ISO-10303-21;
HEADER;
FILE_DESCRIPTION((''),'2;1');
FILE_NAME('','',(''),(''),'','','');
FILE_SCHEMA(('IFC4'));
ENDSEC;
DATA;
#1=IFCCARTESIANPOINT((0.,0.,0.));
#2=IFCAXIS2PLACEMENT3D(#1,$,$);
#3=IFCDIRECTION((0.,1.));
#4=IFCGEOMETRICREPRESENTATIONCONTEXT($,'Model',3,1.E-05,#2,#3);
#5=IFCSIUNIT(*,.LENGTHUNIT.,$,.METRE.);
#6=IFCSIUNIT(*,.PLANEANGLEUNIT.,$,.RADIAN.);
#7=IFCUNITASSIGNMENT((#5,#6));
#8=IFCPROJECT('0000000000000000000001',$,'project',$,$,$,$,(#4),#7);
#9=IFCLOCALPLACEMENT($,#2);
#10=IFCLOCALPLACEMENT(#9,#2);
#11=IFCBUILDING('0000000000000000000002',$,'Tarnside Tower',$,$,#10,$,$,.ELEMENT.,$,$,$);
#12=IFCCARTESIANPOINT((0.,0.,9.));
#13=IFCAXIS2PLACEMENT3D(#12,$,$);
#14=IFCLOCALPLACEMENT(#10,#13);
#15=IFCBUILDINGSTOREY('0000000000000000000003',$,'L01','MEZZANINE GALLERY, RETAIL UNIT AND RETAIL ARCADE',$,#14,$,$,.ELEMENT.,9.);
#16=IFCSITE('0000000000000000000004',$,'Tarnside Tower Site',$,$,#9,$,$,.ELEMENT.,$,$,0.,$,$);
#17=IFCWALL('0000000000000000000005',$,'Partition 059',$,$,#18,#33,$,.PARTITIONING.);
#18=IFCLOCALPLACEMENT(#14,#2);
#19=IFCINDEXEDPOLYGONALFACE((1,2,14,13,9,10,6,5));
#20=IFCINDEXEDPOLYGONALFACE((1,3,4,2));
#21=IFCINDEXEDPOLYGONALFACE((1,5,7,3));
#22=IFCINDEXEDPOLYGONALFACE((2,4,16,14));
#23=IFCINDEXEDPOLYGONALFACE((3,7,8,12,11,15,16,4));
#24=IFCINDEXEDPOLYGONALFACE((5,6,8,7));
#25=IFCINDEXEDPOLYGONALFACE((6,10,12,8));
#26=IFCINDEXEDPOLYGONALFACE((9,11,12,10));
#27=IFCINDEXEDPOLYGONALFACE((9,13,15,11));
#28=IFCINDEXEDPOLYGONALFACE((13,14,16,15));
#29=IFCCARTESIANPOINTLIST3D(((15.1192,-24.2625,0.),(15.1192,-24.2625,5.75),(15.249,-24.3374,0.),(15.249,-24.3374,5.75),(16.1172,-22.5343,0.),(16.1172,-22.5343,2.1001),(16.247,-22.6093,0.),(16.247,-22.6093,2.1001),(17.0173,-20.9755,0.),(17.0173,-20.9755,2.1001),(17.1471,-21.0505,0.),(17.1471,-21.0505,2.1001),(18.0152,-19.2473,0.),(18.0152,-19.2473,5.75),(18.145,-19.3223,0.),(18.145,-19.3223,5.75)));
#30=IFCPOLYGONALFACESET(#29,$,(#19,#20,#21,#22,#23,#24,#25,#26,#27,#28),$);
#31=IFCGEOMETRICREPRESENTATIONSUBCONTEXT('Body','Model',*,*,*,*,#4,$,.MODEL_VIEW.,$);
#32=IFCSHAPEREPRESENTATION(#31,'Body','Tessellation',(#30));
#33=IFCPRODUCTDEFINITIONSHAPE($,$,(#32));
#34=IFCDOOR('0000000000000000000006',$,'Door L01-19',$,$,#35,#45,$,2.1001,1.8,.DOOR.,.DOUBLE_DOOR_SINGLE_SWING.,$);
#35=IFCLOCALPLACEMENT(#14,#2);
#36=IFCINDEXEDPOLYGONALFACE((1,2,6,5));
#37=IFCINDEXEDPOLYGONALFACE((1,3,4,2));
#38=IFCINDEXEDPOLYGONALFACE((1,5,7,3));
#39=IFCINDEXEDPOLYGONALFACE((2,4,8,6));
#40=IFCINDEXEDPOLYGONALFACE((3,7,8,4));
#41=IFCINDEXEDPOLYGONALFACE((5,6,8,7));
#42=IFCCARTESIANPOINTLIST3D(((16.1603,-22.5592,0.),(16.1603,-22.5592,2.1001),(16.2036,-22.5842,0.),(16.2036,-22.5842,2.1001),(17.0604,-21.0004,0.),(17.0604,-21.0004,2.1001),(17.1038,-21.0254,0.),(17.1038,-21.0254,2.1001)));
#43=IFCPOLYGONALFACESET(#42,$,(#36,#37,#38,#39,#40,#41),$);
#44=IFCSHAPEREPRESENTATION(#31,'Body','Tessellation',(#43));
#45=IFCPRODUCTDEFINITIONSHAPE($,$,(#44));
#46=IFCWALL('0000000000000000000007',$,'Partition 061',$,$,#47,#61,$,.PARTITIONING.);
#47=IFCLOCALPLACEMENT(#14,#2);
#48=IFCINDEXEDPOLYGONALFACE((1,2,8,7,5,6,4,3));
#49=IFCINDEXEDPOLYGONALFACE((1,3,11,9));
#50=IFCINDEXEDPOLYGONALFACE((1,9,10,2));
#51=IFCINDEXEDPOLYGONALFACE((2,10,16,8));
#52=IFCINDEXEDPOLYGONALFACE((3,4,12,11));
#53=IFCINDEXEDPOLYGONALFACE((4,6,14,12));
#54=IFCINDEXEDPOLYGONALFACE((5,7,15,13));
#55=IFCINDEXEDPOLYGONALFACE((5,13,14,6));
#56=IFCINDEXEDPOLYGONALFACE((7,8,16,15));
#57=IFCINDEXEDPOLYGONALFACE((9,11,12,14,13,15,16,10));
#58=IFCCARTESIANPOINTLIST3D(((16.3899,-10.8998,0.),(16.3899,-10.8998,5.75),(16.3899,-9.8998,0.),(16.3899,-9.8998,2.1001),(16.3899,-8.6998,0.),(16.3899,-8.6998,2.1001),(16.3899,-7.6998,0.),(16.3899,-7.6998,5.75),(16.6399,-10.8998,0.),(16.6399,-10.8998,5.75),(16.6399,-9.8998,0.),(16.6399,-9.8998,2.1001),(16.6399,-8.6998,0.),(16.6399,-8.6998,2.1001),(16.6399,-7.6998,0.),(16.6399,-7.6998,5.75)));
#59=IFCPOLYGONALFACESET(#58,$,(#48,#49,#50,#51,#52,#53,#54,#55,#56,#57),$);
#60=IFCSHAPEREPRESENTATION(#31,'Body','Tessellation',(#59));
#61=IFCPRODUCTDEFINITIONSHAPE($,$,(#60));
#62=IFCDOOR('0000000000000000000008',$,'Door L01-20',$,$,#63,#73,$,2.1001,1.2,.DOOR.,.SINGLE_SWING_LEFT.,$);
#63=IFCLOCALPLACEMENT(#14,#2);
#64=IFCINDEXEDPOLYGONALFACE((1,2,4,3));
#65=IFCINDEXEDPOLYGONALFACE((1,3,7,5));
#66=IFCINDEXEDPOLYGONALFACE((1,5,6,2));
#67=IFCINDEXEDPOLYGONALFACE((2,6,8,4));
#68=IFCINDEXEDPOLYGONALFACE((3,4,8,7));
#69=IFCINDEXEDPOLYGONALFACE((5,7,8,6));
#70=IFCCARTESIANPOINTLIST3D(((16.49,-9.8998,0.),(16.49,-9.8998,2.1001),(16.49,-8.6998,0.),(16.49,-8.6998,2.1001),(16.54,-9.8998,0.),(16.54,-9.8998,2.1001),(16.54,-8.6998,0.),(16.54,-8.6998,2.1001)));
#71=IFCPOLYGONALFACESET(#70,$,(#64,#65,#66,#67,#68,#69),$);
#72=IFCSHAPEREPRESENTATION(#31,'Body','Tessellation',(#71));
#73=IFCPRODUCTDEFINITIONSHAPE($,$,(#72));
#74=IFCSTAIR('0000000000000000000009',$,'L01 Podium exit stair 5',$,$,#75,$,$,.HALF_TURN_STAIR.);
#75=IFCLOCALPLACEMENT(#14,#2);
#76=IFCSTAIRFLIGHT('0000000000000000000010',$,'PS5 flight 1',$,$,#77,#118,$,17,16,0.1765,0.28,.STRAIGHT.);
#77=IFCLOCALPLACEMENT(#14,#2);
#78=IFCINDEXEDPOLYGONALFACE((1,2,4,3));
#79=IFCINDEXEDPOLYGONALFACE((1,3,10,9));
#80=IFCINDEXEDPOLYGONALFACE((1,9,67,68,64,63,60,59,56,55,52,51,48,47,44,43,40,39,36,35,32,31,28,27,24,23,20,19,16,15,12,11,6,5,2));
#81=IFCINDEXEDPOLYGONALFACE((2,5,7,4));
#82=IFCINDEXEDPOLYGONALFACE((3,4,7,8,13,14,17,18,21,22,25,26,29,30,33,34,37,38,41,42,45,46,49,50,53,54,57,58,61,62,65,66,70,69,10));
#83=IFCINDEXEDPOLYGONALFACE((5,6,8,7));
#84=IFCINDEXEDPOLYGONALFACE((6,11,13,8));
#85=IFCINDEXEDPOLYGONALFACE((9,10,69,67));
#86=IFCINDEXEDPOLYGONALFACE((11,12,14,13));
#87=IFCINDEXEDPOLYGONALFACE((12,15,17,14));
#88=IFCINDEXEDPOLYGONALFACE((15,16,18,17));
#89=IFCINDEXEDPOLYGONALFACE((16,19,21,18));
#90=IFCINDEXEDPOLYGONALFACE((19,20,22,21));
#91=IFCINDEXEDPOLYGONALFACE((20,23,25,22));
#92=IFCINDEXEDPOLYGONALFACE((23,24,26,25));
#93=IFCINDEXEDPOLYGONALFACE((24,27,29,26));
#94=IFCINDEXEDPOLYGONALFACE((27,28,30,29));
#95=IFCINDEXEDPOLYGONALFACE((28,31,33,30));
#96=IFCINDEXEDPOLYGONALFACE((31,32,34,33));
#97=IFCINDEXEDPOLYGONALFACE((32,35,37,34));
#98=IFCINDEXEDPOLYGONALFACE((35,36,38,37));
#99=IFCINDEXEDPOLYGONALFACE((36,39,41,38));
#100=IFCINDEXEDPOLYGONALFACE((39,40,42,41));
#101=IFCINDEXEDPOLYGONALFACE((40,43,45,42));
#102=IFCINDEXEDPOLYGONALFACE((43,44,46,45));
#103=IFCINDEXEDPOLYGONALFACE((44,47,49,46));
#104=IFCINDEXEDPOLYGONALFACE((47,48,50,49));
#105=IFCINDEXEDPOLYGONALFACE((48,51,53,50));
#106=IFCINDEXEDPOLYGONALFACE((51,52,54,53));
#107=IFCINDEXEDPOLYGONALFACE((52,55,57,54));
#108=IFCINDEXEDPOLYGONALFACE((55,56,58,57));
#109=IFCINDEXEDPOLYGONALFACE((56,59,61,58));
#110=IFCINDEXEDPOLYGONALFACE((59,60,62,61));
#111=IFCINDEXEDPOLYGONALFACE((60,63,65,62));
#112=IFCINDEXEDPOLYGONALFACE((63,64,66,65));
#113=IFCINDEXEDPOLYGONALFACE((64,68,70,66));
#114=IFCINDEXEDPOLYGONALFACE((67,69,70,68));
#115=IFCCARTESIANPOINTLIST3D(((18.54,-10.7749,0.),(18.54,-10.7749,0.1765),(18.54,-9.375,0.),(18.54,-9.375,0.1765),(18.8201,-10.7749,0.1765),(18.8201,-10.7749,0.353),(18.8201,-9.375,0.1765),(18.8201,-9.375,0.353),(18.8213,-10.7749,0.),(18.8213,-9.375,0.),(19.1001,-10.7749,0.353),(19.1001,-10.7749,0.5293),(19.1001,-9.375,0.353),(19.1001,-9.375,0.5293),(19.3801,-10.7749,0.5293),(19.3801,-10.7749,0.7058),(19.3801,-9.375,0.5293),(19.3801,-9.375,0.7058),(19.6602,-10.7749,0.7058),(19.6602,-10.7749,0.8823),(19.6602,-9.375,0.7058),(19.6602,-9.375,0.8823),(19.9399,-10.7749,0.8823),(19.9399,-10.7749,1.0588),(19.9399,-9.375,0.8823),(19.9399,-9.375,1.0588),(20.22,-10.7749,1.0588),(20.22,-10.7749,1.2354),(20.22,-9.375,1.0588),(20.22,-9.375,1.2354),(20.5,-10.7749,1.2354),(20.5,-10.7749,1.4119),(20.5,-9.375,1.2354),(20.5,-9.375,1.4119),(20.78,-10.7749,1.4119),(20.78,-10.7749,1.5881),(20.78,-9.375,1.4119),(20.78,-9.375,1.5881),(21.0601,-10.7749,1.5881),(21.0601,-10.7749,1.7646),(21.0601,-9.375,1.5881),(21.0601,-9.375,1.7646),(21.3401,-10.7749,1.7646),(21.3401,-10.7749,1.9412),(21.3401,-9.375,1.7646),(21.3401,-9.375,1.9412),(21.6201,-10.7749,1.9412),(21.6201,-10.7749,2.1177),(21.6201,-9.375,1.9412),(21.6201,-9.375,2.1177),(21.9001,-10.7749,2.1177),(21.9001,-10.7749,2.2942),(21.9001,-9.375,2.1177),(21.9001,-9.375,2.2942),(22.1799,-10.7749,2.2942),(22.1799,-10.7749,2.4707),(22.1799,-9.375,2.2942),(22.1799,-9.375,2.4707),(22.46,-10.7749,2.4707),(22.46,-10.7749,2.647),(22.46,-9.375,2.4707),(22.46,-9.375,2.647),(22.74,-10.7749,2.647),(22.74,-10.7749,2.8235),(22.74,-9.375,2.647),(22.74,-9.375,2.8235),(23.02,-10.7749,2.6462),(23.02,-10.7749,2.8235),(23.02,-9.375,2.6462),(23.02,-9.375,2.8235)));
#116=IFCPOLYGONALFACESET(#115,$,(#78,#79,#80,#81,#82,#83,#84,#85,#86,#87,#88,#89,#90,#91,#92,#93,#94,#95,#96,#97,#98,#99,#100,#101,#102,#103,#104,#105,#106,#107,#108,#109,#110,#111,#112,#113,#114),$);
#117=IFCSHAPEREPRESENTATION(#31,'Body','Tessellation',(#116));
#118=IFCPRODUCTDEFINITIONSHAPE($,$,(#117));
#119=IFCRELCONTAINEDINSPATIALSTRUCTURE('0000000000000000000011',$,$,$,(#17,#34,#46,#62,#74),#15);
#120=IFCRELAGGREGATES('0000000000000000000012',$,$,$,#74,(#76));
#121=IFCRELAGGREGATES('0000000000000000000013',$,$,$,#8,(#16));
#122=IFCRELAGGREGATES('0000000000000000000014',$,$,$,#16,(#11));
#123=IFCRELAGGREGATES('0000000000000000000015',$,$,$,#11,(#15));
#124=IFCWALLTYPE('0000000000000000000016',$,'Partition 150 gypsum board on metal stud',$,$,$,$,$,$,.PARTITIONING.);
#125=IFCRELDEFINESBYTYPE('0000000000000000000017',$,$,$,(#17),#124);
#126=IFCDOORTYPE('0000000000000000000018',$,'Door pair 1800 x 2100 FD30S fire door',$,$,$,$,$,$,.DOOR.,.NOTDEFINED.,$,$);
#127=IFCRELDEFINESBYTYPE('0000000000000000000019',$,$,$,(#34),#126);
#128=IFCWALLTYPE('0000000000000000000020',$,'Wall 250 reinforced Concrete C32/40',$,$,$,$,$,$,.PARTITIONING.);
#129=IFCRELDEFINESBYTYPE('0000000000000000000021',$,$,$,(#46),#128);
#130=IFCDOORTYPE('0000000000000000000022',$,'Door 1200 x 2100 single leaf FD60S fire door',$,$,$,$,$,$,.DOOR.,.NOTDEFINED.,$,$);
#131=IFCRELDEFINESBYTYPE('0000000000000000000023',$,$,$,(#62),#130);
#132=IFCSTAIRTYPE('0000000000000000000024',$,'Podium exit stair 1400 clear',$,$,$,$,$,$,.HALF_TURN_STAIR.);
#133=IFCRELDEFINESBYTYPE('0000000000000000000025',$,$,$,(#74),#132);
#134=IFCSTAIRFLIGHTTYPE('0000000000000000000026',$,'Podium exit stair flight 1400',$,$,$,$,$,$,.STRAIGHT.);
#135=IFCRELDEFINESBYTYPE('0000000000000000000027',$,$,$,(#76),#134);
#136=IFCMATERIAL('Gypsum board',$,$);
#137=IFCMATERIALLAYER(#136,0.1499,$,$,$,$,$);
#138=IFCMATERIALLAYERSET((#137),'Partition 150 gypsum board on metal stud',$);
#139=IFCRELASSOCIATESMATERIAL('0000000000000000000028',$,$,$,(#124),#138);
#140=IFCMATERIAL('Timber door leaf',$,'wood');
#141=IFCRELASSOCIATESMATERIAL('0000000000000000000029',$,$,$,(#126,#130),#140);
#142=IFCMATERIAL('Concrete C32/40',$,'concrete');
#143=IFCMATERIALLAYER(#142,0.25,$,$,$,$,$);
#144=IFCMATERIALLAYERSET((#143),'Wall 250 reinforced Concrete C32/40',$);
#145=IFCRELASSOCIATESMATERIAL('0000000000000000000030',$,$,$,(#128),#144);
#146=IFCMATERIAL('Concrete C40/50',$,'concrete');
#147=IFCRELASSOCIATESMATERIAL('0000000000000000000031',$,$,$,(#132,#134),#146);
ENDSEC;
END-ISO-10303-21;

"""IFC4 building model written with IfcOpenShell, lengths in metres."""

from ifc_helpers import new_model, si_unit, direction, frame, frame_2d, origin, place, context, subcontext, project, spatial, polyline, rectangle, outline, extrude, material, layer, layer_set, type_object, element, fill, aggregate, save


model = new_model("IFC4")

# Units and contexts
model_context = context("Model", 3, precision=1e-05, world=origin(), true_north=direction((0.0, 1.0)))
body_context = subcontext(model_context, "Body", "Model", "MODEL_VIEW")
ifc_project = project(units=[si_unit("LENGTHUNIT", "METRE"), si_unit("PLANEANGLEUNIT", "RADIAN")], contexts=[model_context])

# Site, building, storey
site_placement = place(None, origin())
site = spatial("IfcSite", under=ifc_project, at=site_placement, Name="Tarnside Tower Site", CompositionType="ELEMENT", RefElevation=0.0)
building_placement = place(site_placement, origin())
building = spatial("IfcBuilding", under=site, at=building_placement, Name="Tarnside Tower", CompositionType="ELEMENT")
storey_placement = place(building_placement, frame((0.0, 0.0, 9.0)))
storey = spatial("IfcBuildingStorey", under=building, at=storey_placement, Name="L01", Description="MEZZANINE GALLERY, RETAIL UNIT AND RETAIL ARCADE", CompositionType="ELEMENT", Elevation=9.0)

# Shared definitions
ifc_material_1 = material(Name="Concrete C40/50", Category="concrete")

# Shared definitions
ifc_material_2 = material(Name="Gypsum board")
ifc_layer_1 = layer(ifc_material_2, 0.1499)
ifc_layer_set_1 = layer_set([ifc_layer_1], Name="Partition 150 gypsum board on metal stud")
wall_type_1 = type_object("IfcWallType", Name="Partition 150 gypsum board on metal stud", PredefinedType="PARTITIONING", material=ifc_layer_set_1)
ifc_material_3 = material(Name="Timber door leaf", Category="wood")
door_type_1 = type_object("IfcDoorType", Name="Door pair 1800 x 2100 FD30S fire door", OperationType="NOTDEFINED", PredefinedType="DOOR", material=ifc_material_3)

# Walls, openings, doors
wall_1_placement = place(storey_placement, frame((18.0801, -19.2849, 0.0), z_axis=(0.0, 0.0, 1.0), x_axis=(-0.500065, -0.865988, 0.0)))
wall_1 = element("IfcWall", 1, at=wall_1_placement, inside=storey, type_object=wall_type_1, Name="Partition 059", PredefinedType="PARTITIONING", context=body_context, shape_type="SweptSolid", body=[
    extrude(rectangle(XDim=5.7913, YDim=0.1499, at=frame_2d((2.8955, 0.0))), origin(), (0.0, 0.0, 1.0), 5.75),
])
opening_1_placement = place(wall_1_placement, frame((1.9956, 0.0, 0.0)))
opening_1 = element("IfcOpeningElement", 2, at=opening_1_placement, cuts=wall_1, PredefinedType="OPENING", context=body_context, shape_type="SweptSolid", body=[
    extrude(rectangle(XDim=1.8, YDim=2.1001, at=frame_2d((0.8999, 1.05))), frame((0.0, 0.085, 0.0), z_axis=(0.0, -1.0, 0.0), x_axis=(1.0, 0.0, 0.0)), (0.0, 0.0, 1.0), 0.1699),
])
door_1_placement = place(opening_1_placement, origin())
door_1 = element("IfcDoor", 3, at=door_1_placement, inside=storey, type_object=door_type_1, Name="Door L01-19", OperationType="DOUBLE_DOOR_SINGLE_SWING", OverallHeight=2.1001, OverallWidth=1.8, PredefinedType="DOOR", context=body_context, shape_type="SweptSolid", body=[
    extrude(rectangle(XDim=1.8, YDim=2.1001, at=frame_2d((0.8999, 1.05))), frame((0.0, 0.0249, 0.0), z_axis=(0.0, -1.0, 0.0), x_axis=(1.0, 0.0, 0.0)), (0.0, 0.0, 1.0), 0.05),
])
fill(opening_1, door_1)
ifc_material_4 = material(Name="Concrete C32/40", Category="concrete")
ifc_layer_2 = layer(ifc_material_4, 0.25)
ifc_layer_set_2 = layer_set([ifc_layer_2], Name="Wall 250 reinforced Concrete C32/40")
wall_type_2 = type_object("IfcWallType", Name="Wall 250 reinforced Concrete C32/40", PredefinedType="PARTITIONING", material=ifc_layer_set_2)
wall_2_placement = place(storey_placement, frame((16.5149, -10.8999, 0.0), z_axis=(0.0, 0.0, 1.0), x_axis=(0.0, 1.0, 0.0)))
wall_2 = element("IfcWall", 4, at=wall_2_placement, inside=storey, type_object=wall_type_2, Name="Partition 061", PredefinedType="PARTITIONING", context=body_context, shape_type="SweptSolid", body=[
    extrude(rectangle(XDim=3.2, YDim=0.25, at=frame_2d((1.6001, 0.0))), origin(), (0.0, 0.0, 1.0), 5.75),
])
opening_2_placement = place(wall_2_placement, frame((1.0, 0.0, 0.0)))
opening_2 = element("IfcOpeningElement", 5, at=opening_2_placement, cuts=wall_2, PredefinedType="OPENING", context=body_context, shape_type="SweptSolid", body=[
    extrude(rectangle(XDim=1.2, YDim=2.1001, at=frame_2d((0.6001, 1.05))), frame((0.0, 0.135, 0.0), z_axis=(0.0, -1.0, 0.0), x_axis=(1.0, 0.0, 0.0)), (0.0, 0.0, 1.0), 0.27),
])
door_type_2 = type_object("IfcDoorType", Name="Door 1200 x 2100 single leaf FD60S fire door", OperationType="NOTDEFINED", PredefinedType="DOOR", material=ifc_material_3)
door_2_placement = place(opening_2_placement, origin())
door_2 = element("IfcDoor", 6, at=door_2_placement, inside=storey, type_object=door_type_2, Name="Door L01-20", OperationType="SINGLE_SWING_LEFT", OverallHeight=2.1001, OverallWidth=1.2, PredefinedType="DOOR", context=body_context, shape_type="SweptSolid", body=[
    extrude(rectangle(XDim=1.2, YDim=2.1001, at=frame_2d((0.6001, 1.05))), frame((0.0, 0.0249, 0.0), z_axis=(0.0, -1.0, 0.0), x_axis=(1.0, 0.0, 0.0)), (0.0, 0.0, 1.0), 0.05),
])
fill(opening_2, door_2)

# Stair, stair flight
stair_type = type_object("IfcStairType", Name="Podium exit stair 1400 clear", PredefinedType="HALF_TURN_STAIR", material=ifc_material_1)
stair_placement = place(storey_placement, origin())
stair = element("IfcStair", 7, at=stair_placement, inside=storey, type_object=stair_type, Name="L01 Podium exit stair 5", PredefinedType="HALF_TURN_STAIR")
stair_flight_type = type_object("IfcStairFlightType", Name="Podium exit stair flight 1400", PredefinedType="STRAIGHT", material=ifc_material_1)
stair_flight_placement = place(storey_placement, frame((18.54, -10.075, 0.0), z_axis=(0.0, 0.0, 1.0), x_axis=(1.0, 0.0, 0.0)))
stair_flight = element("IfcStairFlight", 8, at=stair_flight_placement, type_object=stair_flight_type, Name="PS5 flight 1", NumberOfRisers=17, NumberOfTreads=16, PredefinedType="STRAIGHT", RiserHeight=0.1765, TreadLength=0.28, context=body_context, shape_type="SweptSolid", body=[
    extrude(outline(polyline([(0.0, 0.0), (0.0, 0.1765), (0.28, 0.1765), (0.28, 0.353), (0.5601, 0.353), (0.5601, 0.5293), (0.8401, 0.5293), (0.8401, 0.7058), (1.1201, 0.7058), (1.1201, 0.8823), (1.3999, 0.8823), (1.3999, 1.0588), (1.6799, 1.0588), (1.6799, 1.2354), (1.96, 1.2354), (1.96, 1.4119), (2.24, 1.4119), (2.24, 1.5881), (2.52, 1.5881), (2.52, 1.7646), (2.8, 1.7646), (2.8, 1.9412), (3.0801, 1.9412), (3.0801, 2.1177), (3.3601, 2.1177), (3.3601, 2.2942), (3.6399, 2.2942), (3.6399, 2.4707), (3.9199, 2.4707), (3.9199, 2.647), (4.2, 2.647), (4.2, 2.8235), (4.48, 2.8235), (4.48, 3.0), (4.48, 2.6462), (0.2812, 0.0), (0.0, 0.0)])), frame((0.0, 0.7, 0.0), z_axis=(0.0, -1.0, 0.0), x_axis=(1.0, 0.0, 0.0)), (0.0, 0.0, 1.0), 1.3999),
])
aggregate(stair, [stair_flight])

save(model, "model.ifc")
